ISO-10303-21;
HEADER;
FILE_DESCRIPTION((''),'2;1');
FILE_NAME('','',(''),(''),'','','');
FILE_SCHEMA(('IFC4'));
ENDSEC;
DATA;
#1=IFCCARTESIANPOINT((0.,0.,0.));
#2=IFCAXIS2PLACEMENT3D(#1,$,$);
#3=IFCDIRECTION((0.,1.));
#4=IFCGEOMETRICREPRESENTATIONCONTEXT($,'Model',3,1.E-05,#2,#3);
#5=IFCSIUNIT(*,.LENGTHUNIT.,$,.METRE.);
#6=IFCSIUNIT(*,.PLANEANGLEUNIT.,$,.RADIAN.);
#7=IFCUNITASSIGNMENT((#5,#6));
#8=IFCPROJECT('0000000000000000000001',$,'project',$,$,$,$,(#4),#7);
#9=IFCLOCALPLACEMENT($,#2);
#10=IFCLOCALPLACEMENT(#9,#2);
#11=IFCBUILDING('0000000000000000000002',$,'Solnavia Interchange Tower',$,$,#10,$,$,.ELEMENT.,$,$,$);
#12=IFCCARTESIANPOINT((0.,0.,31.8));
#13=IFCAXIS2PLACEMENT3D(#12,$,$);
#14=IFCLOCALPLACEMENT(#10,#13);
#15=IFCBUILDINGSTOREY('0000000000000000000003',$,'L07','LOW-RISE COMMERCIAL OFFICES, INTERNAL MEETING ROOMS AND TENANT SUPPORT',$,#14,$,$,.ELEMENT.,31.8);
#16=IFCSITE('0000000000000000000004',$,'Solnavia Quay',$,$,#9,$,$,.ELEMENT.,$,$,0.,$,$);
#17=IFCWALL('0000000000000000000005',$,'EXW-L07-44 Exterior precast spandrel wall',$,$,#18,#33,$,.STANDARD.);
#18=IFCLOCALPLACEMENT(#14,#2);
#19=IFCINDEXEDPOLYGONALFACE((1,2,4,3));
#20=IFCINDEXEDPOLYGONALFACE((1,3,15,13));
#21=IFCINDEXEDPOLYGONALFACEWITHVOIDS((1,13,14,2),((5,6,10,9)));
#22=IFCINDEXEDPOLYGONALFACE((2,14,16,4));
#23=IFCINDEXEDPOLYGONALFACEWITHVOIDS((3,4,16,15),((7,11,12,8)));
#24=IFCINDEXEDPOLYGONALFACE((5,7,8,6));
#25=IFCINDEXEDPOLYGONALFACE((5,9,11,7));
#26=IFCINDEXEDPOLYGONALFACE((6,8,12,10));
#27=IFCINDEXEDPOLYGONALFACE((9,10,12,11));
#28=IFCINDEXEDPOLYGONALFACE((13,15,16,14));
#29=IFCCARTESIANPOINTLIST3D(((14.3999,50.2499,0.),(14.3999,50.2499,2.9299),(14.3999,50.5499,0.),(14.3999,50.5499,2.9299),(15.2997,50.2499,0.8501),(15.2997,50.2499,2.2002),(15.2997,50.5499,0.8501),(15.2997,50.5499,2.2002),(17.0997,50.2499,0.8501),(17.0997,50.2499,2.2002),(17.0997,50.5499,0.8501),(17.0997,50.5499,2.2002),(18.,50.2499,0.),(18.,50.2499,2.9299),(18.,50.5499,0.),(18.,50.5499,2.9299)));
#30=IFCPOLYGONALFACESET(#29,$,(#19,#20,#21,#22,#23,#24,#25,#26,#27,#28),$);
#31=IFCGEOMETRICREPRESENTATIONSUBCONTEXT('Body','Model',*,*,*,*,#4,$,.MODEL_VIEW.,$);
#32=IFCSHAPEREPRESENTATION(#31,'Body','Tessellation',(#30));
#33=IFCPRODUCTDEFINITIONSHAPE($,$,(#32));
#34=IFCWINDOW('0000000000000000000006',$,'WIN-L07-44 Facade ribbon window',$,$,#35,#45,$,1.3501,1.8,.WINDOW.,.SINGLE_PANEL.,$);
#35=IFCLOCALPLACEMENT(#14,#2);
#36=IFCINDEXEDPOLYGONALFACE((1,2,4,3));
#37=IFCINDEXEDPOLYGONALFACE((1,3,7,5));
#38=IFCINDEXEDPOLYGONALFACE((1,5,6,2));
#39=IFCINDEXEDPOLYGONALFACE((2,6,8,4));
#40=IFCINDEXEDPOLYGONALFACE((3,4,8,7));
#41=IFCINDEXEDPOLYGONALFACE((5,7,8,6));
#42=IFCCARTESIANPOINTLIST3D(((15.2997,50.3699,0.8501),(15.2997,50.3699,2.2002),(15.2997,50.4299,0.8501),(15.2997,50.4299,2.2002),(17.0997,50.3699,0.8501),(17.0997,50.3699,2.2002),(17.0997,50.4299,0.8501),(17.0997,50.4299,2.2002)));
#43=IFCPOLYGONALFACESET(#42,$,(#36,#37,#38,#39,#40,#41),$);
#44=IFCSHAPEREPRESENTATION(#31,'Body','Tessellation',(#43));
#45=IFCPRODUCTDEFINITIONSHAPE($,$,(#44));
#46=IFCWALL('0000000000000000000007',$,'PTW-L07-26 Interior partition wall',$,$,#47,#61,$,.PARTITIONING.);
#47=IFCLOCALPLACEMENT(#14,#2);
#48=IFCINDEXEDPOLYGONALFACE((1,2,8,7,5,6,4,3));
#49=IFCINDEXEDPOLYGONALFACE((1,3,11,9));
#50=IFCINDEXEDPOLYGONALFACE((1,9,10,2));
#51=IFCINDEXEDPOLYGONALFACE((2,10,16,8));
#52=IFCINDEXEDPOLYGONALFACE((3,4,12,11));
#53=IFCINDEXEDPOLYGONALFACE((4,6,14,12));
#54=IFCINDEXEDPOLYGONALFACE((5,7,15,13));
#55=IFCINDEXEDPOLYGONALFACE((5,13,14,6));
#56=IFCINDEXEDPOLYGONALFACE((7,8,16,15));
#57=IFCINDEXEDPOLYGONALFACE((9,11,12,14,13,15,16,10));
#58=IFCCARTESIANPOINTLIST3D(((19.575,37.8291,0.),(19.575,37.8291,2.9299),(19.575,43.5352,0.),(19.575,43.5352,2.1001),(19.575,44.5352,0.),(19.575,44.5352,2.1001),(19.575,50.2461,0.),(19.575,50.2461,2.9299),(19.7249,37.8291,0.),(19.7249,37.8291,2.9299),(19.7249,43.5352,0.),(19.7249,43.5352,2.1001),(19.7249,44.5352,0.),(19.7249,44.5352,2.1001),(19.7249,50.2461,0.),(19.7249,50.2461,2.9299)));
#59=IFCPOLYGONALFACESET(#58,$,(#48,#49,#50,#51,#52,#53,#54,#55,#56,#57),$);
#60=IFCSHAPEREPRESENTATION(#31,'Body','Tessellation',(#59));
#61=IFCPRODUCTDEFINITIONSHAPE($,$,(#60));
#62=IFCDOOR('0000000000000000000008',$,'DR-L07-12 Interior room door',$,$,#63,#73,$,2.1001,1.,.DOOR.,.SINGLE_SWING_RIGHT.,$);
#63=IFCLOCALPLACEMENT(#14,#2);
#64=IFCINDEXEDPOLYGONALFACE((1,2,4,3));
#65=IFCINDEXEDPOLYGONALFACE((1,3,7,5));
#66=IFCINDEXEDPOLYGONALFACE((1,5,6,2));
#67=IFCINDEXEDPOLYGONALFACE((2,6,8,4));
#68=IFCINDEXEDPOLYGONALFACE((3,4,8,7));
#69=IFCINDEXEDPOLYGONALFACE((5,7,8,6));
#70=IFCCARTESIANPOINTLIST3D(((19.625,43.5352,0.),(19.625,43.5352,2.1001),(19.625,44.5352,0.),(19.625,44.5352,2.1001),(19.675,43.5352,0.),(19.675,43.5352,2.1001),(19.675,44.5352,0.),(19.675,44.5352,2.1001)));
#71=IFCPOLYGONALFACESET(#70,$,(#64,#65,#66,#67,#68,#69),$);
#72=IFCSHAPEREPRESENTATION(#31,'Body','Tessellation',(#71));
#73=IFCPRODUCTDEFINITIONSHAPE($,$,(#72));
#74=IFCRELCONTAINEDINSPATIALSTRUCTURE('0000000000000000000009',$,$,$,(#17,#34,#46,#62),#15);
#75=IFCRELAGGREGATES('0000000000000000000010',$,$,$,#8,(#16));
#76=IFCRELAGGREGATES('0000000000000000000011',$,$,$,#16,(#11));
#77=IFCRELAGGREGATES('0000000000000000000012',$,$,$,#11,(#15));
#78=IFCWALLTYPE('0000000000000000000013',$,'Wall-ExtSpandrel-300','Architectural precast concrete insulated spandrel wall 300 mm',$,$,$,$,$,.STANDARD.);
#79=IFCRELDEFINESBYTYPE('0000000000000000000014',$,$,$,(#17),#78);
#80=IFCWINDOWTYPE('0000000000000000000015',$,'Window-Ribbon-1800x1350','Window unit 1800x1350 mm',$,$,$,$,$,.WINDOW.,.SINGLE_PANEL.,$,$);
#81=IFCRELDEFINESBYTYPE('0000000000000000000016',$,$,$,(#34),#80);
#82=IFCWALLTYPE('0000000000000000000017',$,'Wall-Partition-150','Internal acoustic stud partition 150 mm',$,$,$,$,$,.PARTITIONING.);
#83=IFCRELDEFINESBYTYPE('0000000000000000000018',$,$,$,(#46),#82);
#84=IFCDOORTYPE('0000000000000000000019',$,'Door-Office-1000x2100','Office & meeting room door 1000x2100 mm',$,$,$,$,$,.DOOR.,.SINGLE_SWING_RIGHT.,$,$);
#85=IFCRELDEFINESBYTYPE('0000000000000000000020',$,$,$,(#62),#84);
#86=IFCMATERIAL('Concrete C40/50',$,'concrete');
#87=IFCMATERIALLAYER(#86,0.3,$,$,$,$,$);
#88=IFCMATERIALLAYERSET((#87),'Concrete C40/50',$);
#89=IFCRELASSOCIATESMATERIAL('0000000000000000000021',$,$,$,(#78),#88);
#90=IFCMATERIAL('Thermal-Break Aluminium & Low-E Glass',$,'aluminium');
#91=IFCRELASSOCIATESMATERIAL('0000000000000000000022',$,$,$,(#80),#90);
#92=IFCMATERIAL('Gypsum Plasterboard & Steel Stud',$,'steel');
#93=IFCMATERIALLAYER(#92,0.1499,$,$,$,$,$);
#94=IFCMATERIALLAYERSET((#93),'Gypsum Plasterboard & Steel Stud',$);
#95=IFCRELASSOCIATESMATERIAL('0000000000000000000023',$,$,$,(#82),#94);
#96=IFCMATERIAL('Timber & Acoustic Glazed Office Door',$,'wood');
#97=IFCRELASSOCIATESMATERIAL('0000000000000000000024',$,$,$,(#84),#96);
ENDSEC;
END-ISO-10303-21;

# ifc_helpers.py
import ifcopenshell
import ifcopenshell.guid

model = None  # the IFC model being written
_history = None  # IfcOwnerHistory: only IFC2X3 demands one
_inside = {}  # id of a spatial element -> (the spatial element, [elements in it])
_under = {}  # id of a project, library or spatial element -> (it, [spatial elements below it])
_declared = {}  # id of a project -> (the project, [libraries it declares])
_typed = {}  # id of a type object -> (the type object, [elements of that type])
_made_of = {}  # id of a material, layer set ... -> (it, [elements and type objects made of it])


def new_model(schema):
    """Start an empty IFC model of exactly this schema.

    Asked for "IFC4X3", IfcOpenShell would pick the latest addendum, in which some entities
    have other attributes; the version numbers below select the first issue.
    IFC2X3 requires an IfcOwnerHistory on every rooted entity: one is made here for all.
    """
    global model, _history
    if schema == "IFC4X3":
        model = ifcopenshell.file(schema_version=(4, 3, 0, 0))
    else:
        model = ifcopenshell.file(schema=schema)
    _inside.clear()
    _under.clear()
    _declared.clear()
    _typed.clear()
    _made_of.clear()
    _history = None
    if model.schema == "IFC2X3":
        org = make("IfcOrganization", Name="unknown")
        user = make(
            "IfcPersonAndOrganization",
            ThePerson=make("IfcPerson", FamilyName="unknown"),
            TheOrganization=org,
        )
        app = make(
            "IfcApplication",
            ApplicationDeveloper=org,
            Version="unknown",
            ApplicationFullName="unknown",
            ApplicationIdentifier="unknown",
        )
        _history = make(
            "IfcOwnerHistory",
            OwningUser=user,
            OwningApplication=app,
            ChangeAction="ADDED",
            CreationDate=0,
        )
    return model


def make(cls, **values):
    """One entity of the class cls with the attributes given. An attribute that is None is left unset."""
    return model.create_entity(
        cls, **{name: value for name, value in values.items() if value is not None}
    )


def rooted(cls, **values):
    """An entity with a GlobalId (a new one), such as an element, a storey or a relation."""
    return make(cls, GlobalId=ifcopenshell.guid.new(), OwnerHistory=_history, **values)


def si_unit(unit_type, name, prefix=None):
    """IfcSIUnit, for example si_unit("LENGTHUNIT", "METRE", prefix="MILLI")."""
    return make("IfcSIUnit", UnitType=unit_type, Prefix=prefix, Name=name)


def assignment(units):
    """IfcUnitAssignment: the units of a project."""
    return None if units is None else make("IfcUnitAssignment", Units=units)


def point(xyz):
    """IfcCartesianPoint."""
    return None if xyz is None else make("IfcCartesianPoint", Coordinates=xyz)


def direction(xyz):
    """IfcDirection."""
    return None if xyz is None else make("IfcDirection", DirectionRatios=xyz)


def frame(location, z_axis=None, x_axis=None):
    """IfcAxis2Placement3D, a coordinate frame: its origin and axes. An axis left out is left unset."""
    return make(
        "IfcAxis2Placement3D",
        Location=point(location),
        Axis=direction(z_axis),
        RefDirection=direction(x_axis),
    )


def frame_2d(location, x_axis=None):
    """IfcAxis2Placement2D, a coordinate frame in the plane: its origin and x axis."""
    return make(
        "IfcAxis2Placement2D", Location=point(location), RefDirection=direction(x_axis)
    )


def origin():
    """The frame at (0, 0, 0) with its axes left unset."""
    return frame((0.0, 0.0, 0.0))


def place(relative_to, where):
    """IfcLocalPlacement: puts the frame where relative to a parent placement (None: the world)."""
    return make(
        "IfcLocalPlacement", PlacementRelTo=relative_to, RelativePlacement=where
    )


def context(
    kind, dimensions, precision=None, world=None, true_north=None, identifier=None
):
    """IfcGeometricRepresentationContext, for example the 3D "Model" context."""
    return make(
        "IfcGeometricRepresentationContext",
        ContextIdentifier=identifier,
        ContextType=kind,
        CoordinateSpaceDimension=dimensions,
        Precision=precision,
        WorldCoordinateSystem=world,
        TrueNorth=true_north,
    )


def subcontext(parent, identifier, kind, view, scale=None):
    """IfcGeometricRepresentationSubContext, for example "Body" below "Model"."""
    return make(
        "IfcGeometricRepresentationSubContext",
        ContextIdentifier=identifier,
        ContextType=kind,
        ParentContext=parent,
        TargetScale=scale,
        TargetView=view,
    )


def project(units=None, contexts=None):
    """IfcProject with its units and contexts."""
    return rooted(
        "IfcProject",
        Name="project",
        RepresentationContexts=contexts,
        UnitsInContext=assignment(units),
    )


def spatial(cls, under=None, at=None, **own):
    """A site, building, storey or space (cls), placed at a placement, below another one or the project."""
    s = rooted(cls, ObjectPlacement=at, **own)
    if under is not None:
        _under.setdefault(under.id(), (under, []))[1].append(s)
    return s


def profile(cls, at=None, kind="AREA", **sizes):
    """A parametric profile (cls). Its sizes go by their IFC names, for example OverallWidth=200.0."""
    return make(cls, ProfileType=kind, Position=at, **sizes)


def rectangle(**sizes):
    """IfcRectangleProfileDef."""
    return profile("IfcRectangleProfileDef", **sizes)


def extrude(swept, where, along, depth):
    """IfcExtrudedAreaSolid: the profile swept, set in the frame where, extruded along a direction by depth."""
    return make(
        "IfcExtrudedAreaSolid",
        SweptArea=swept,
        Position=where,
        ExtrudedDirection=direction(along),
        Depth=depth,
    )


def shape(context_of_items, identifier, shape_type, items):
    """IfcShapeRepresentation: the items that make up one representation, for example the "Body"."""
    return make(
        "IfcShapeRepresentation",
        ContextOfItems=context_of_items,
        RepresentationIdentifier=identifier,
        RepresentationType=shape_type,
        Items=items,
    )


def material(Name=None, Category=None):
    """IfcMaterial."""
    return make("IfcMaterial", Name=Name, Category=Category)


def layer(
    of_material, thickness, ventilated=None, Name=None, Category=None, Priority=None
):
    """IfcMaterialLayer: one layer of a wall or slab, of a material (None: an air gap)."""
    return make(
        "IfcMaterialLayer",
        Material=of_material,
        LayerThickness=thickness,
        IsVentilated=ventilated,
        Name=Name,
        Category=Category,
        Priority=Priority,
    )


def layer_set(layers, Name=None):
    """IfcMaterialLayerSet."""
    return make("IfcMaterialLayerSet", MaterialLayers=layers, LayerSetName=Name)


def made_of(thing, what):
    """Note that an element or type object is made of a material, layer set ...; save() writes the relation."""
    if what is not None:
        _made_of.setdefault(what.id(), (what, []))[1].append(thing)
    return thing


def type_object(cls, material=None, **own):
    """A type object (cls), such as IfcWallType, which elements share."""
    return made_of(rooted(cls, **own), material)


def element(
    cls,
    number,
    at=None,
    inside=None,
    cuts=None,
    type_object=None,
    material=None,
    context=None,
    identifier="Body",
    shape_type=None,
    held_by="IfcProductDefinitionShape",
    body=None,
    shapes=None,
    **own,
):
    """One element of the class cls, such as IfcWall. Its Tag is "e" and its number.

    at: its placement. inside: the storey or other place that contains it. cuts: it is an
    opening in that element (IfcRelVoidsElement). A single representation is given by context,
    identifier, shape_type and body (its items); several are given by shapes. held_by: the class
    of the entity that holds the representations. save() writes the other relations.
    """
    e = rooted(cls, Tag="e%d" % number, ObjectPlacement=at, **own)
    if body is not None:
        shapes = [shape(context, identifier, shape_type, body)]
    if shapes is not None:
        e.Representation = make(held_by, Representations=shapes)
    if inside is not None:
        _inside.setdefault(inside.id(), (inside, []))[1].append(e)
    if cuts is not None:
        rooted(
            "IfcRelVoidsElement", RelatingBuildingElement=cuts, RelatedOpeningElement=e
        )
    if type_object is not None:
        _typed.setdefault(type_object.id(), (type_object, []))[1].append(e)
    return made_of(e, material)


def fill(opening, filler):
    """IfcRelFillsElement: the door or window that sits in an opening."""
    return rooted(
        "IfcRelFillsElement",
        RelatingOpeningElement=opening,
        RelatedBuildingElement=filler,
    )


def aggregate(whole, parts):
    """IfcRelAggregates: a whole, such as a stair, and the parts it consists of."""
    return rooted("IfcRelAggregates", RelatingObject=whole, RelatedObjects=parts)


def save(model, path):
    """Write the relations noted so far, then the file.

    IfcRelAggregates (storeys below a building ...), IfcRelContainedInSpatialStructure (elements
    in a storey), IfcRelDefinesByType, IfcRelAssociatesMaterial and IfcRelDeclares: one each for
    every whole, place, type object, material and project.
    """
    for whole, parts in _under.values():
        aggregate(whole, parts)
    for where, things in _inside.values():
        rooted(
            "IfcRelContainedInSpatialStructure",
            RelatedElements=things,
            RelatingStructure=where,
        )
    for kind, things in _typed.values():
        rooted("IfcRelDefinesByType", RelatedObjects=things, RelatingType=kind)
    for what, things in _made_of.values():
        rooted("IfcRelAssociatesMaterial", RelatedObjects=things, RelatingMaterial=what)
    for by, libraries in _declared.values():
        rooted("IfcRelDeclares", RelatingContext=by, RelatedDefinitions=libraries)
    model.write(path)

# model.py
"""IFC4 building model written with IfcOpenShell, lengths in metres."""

from ifc_helpers import new_model, si_unit, direction, frame, frame_2d, origin, place, context, subcontext, project, spatial, rectangle, extrude, material, layer, layer_set, type_object, element, fill, save


model = new_model("IFC4")

# Units and contexts
model_context = context("Model", 3, precision=1e-05, world=origin(), true_north=direction((0.0, 1.0)))
body_context = subcontext(model_context, "Body", "Model", "MODEL_VIEW")
ifc_project = project(units=[si_unit("LENGTHUNIT", "METRE"), si_unit("PLANEANGLEUNIT", "RADIAN")], contexts=[model_context])

# Site, building, storey
site_placement = place(None, origin())
site = spatial("IfcSite", under=ifc_project, at=site_placement, Name="Solnavia Quay", CompositionType="ELEMENT", RefElevation=0.0)
building_placement = place(site_placement, origin())
building = spatial("IfcBuilding", under=site, at=building_placement, Name="Solnavia Interchange Tower", CompositionType="ELEMENT")
storey_placement = place(building_placement, frame((0.0, 0.0, 31.8)))
storey = spatial("IfcBuildingStorey", under=building, at=storey_placement, Name="L07", Description="LOW-RISE COMMERCIAL OFFICES, INTERNAL MEETING ROOMS AND TENANT SUPPORT", CompositionType="ELEMENT", Elevation=31.8)

# Shared definitions
ifc_material_1 = material(Name="Concrete C40/50", Category="concrete")
ifc_layer_1 = layer(ifc_material_1, 0.3)
ifc_layer_set_1 = layer_set([ifc_layer_1], Name="Concrete C40/50")
wall_type_1 = type_object("IfcWallType", Name="Wall-ExtSpandrel-300", Description="Architectural precast concrete insulated spandrel wall 300 mm", PredefinedType="STANDARD", material=ifc_layer_set_1)

# Shared definitions
ifc_material_2 = material(Name="Thermal-Break Aluminium & Low-E Glass", Category="aluminium")
window_type = type_object("IfcWindowType", Name="Window-Ribbon-1800x1350", Description="Window unit 1800x1350 mm", PartitioningType="SINGLE_PANEL", PredefinedType="WINDOW", material=ifc_material_2)

# Wall, opening, window
wall_1_placement = place(storey_placement, frame((14.3999, 50.3999, 0.0), z_axis=(0.0, 0.0, 1.0), x_axis=(1.0, 0.0, 0.0)))
wall_1 = element("IfcWall", 1, at=wall_1_placement, inside=storey, type_object=wall_type_1, Name="EXW-L07-44 Exterior precast spandrel wall", PredefinedType="STANDARD", context=body_context, shape_type="SweptSolid", body=[
    extrude(rectangle(XDim=3.6001, YDim=0.3, at=frame_2d((1.8, 0.0))), origin(), (0.0, 0.0, 1.0), 2.9299),
])
opening_1_placement = place(wall_1_placement, frame((0.8999, 0.0, 0.8501)))
opening_1 = element("IfcOpeningElement", 2, at=opening_1_placement, cuts=wall_1, PredefinedType="OPENING", context=body_context, shape_type="SweptSolid", body=[
    extrude(rectangle(XDim=1.8, YDim=1.3501, at=frame_2d((0.8999, 0.675))), frame((0.0, 0.1602, 0.0), z_axis=(0.0, -1.0, 0.0), x_axis=(1.0, 0.0, 0.0)), (0.0, 0.0, 1.0), 0.3201),
])
window_1_placement = place(opening_1_placement, origin())
window_1 = element("IfcWindow", 3, at=window_1_placement, inside=storey, type_object=window_type, Name="WIN-L07-44 Facade ribbon window", OverallHeight=1.3501, OverallWidth=1.8, PartitioningType="SINGLE_PANEL", PredefinedType="WINDOW", context=body_context, shape_type="SweptSolid", body=[
    extrude(rectangle(XDim=1.8, YDim=1.3501, at=frame_2d((0.8999, 0.675))), frame((0.0, 0.03, 0.0), z_axis=(0.0, -1.0, 0.0), x_axis=(1.0, 0.0, 0.0)), (0.0, 0.0, 1.0), 0.0601),
])
fill(opening_1, window_1)

# Wall, opening, door
ifc_material_3 = material(Name="Gypsum Plasterboard & Steel Stud", Category="steel")
ifc_layer_2 = layer(ifc_material_3, 0.1499)
ifc_layer_set_2 = layer_set([ifc_layer_2], Name="Gypsum Plasterboard & Steel Stud")
wall_type_2 = type_object("IfcWallType", Name="Wall-Partition-150", Description="Internal acoustic stud partition 150 mm", PredefinedType="PARTITIONING", material=ifc_layer_set_2)
wall_2_placement = place(storey_placement, frame((19.6499, 37.8291, 0.0), z_axis=(0.0, 0.0, 1.0), x_axis=(0.0, 1.0, 0.0)))
wall_2 = element("IfcWall", 4, at=wall_2_placement, inside=storey, type_object=wall_type_2, Name="PTW-L07-26 Interior partition wall", PredefinedType="PARTITIONING", context=body_context, shape_type="SweptSolid", body=[
    extrude(rectangle(XDim=12.417, YDim=0.1499, at=frame_2d((6.2085, 0.0))), origin(), (0.0, 0.0, 1.0), 2.9299),
])
opening_2_placement = place(wall_2_placement, frame((5.7061, 0.0, 0.0)))
opening_2 = element("IfcOpeningElement", 5, at=opening_2_placement, cuts=wall_2, PredefinedType="OPENING", context=body_context, shape_type="SweptSolid", body=[
    extrude(rectangle(XDim=1.0, YDim=2.1001, at=frame_2d((0.5, 1.05))), frame((0.0, 0.085, 0.0), z_axis=(0.0, -1.0, 0.0), x_axis=(1.0, 0.0, 0.0)), (0.0, 0.0, 1.0), 0.1699),
])
ifc_material_4 = material(Name="Timber & Acoustic Glazed Office Door", Category="wood")
door_type = type_object("IfcDoorType", Name="Door-Office-1000x2100", Description="Office & meeting room door 1000x2100 mm", OperationType="SINGLE_SWING_RIGHT", PredefinedType="DOOR", material=ifc_material_4)
door_placement = place(opening_2_placement, origin())
door = element("IfcDoor", 6, at=door_placement, inside=storey, type_object=door_type, Name="DR-L07-12 Interior room door", OperationType="SINGLE_SWING_RIGHT", OverallHeight=2.1001, OverallWidth=1.0, PredefinedType="DOOR", context=body_context, shape_type="SweptSolid", body=[
    extrude(rectangle(XDim=1.0, YDim=2.1001, at=frame_2d((0.5, 1.05))), frame((0.0, 0.0249, 0.0), z_axis=(0.0, -1.0, 0.0), x_axis=(1.0, 0.0, 0.0)), (0.0, 0.0, 1.0), 0.05),
])
fill(opening_2, door)

save(model, "model.ifc")
